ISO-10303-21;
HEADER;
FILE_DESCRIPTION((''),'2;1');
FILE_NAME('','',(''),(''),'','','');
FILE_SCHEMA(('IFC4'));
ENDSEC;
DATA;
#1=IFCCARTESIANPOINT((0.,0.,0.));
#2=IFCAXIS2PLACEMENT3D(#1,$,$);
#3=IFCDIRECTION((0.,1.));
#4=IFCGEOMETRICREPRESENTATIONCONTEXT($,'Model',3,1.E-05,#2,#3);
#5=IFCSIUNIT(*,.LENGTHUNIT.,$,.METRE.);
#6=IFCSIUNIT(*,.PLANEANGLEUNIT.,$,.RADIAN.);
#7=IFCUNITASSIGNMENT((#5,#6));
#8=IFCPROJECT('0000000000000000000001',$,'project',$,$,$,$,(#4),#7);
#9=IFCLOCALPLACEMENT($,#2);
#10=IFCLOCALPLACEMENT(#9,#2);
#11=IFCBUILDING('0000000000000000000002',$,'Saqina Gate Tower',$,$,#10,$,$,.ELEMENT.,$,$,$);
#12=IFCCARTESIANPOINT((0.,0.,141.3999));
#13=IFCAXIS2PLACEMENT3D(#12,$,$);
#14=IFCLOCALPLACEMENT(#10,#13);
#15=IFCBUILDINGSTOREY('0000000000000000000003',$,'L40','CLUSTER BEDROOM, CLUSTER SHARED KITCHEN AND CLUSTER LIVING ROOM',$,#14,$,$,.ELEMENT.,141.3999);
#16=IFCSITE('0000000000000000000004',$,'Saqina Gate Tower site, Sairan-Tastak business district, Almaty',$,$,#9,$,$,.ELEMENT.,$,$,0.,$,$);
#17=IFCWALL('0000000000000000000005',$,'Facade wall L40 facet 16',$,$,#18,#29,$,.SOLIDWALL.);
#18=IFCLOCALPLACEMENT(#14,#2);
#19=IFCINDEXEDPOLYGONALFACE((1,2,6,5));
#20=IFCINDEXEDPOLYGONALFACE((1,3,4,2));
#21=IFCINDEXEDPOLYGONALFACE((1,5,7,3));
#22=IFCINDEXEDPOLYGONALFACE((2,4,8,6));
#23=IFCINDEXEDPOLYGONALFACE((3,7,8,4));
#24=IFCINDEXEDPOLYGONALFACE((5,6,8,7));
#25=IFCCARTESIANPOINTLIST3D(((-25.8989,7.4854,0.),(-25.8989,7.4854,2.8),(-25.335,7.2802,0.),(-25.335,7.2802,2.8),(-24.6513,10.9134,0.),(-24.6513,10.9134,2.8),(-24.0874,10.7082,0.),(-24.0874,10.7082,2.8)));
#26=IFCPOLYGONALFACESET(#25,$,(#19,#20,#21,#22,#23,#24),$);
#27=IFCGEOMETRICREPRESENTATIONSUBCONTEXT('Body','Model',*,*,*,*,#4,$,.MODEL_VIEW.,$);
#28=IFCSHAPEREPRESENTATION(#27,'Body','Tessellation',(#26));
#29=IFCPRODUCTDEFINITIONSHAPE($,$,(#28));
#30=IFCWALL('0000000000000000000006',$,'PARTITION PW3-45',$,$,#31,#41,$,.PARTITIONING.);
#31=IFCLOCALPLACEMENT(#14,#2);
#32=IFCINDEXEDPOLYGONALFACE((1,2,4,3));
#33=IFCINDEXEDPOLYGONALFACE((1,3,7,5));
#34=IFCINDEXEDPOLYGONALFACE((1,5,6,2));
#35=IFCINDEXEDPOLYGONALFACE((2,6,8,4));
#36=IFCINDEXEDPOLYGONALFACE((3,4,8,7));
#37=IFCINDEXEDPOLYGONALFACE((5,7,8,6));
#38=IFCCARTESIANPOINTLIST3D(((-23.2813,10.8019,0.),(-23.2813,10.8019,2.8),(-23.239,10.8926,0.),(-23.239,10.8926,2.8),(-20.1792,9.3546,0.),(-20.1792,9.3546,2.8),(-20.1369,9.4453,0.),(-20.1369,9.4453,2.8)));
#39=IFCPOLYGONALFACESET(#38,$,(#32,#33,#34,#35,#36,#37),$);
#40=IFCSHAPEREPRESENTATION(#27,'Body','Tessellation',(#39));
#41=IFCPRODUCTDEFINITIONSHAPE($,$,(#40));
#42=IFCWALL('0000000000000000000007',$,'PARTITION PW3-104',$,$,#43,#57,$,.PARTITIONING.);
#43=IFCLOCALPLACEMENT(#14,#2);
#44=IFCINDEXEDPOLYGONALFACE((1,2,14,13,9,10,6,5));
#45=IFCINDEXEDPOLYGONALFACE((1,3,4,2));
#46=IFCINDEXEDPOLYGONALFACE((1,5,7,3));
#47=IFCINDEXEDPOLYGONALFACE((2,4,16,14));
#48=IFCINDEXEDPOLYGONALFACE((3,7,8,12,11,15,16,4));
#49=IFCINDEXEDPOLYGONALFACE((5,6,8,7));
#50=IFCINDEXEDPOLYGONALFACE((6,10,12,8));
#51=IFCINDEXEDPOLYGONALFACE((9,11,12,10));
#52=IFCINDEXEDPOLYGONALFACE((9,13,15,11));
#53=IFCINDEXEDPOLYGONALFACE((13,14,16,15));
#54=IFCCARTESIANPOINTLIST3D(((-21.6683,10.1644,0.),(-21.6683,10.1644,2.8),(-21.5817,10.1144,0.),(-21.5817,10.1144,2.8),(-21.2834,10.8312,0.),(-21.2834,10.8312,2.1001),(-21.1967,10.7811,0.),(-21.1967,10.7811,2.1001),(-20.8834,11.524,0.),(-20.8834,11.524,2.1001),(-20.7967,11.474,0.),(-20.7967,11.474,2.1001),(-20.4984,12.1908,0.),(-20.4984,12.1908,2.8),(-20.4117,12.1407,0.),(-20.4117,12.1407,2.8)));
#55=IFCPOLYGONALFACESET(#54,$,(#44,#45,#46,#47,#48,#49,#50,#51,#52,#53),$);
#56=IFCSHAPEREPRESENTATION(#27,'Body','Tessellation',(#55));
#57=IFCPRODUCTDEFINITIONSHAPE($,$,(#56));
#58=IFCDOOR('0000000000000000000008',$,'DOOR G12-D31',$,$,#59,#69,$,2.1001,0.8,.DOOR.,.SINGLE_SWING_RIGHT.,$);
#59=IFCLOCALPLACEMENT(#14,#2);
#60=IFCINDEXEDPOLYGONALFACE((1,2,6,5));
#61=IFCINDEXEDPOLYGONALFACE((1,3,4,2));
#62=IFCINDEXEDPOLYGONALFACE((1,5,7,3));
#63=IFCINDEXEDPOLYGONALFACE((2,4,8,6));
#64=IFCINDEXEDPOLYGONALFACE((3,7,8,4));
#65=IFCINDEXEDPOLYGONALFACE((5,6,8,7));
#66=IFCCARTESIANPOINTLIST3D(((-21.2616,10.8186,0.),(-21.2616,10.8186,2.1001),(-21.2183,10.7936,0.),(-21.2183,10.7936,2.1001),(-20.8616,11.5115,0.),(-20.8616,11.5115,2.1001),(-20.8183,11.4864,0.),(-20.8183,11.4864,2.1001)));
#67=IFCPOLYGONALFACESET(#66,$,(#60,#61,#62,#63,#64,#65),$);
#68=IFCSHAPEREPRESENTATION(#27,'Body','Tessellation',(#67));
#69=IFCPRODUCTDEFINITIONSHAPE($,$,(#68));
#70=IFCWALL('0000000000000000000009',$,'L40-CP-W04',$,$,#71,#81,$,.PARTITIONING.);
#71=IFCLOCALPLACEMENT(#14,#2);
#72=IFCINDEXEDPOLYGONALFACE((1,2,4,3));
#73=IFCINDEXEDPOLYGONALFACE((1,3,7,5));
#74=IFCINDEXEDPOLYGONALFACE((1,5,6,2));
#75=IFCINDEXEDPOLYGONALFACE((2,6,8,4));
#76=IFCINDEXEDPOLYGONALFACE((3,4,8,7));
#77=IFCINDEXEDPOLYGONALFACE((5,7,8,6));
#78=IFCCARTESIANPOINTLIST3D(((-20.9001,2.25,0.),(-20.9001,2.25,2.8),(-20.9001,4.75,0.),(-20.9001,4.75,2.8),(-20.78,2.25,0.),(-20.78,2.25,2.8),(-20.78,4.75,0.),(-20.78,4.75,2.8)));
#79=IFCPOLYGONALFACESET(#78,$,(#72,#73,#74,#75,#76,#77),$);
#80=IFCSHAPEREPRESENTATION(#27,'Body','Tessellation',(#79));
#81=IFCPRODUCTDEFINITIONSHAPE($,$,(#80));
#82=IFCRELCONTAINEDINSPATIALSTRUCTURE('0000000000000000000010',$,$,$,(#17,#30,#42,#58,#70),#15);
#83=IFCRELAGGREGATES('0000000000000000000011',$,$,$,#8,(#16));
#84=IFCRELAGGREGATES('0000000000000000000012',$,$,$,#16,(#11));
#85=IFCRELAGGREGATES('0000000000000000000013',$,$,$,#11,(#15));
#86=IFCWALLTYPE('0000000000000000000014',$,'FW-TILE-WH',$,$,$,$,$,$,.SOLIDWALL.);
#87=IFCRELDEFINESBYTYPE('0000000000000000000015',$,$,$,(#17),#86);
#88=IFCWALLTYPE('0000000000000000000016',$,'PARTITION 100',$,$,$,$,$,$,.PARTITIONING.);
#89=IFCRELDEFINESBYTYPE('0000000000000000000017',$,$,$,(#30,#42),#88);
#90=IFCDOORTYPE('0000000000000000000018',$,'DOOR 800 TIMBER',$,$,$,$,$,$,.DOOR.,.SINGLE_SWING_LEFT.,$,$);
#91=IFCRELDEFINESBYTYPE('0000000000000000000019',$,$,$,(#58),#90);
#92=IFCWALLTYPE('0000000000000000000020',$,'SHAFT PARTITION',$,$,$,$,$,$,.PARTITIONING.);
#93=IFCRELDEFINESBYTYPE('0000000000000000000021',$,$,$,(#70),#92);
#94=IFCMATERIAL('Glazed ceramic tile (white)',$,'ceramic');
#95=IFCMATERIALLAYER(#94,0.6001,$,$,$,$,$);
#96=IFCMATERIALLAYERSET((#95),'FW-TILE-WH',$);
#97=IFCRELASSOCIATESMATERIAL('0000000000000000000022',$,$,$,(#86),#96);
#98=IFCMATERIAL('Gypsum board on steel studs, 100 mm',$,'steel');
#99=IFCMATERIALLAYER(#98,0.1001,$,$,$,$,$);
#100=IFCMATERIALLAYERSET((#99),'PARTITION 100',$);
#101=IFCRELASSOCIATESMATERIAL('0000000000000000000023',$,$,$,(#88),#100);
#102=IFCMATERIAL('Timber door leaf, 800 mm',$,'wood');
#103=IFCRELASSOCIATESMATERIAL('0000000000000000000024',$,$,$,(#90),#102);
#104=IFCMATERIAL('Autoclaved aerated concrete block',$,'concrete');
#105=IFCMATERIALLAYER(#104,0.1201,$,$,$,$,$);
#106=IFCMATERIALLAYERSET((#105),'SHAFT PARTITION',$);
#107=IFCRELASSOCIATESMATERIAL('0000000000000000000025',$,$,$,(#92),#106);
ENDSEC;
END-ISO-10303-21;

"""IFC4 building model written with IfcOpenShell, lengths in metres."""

from ifc_helpers import new_model, si_unit, direction, frame, frame_2d, origin, place, context, subcontext, project, spatial, rectangle, extrude, material, layer, layer_set, type_object, element, fill, save


model = new_model("IFC4")

# Units and contexts
model_context = context("Model", 3, precision=1e-05, world=origin(), true_north=direction((0.0, 1.0)))
body_context = subcontext(model_context, "Body", "Model", "MODEL_VIEW")
ifc_project = project(units=[si_unit("LENGTHUNIT", "METRE"), si_unit("PLANEANGLEUNIT", "RADIAN")], contexts=[model_context])

# Site, building, storey
site_placement = place(None, origin())
site = spatial("IfcSite", under=ifc_project, at=site_placement, Name="Saqina Gate Tower site, Sairan-Tastak business district, Almaty", CompositionType="ELEMENT", RefElevation=0.0)
building_placement = place(site_placement, origin())
building = spatial("IfcBuilding", under=site, at=building_placement, Name="Saqina Gate Tower", CompositionType="ELEMENT")
storey_placement = place(building_placement, frame((0.0, 0.0, 141.3999)))
storey = spatial("IfcBuildingStorey", under=building, at=storey_placement, Name="L40", Description="CLUSTER BEDROOM, CLUSTER SHARED KITCHEN AND CLUSTER LIVING ROOM", CompositionType="ELEMENT", Elevation=141.3999)

# Walls
ifc_material_1 = material(Name="Glazed ceramic tile (white)", Category="ceramic")
ifc_layer_1 = layer(ifc_material_1, 0.6001)
ifc_layer_set_1 = layer_set([ifc_layer_1], Name="FW-TILE-WH")
wall_type_1 = type_object("IfcWallType", Name="FW-TILE-WH", PredefinedType="SOLIDWALL", material=ifc_layer_set_1)
wall_1_placement = place(storey_placement, frame((-24.3694, 10.8108, 0.0), z_axis=(0.0, 0.0, 1.0), x_axis=(-0.34199, -0.939704, 0.0)))
element("IfcWall", 1, at=wall_1_placement, inside=storey, type_object=wall_type_1, Name="Facade wall L40 facet 16", PredefinedType="SOLIDWALL", context=body_context, shape_type="SweptSolid", body=[
    extrude(rectangle(XDim=3.6479, YDim=0.6001, at=frame_2d((1.824, 0.0))), origin(), (0.0, 0.0, 1.0), 2.8),
])
ifc_material_2 = material(Name="Gypsum board on steel studs, 100 mm", Category="steel")
ifc_layer_2 = layer(ifc_material_2, 0.1001)
ifc_layer_set_2 = layer_set([ifc_layer_2], Name="PARTITION 100")
wall_type_2 = type_object("IfcWallType", Name="PARTITION 100", PredefinedType="PARTITIONING", material=ifc_layer_set_2)
wall_2_placement = place(storey_placement, frame((-23.26, 10.8472, 0.0), z_axis=(0.0, 0.0, 1.0), x_axis=(0.906223, -0.4228, 0.0)))
element("IfcWall", 2, at=wall_2_placement, inside=storey, type_object=wall_type_2, Name="PARTITION PW3-45", PredefinedType="PARTITIONING", context=body_context, shape_type="SweptSolid", body=[
    extrude(rectangle(XDim=3.4231, YDim=0.1001, at=frame_2d((1.7114, 0.0))), origin(), (0.0, 0.0, 1.0), 2.8),
])

# Wall, opening, door
wall_3_placement = place(storey_placement, frame((-21.625, 10.1394, 0.0), z_axis=(0.0, 0.0, 1.0), x_axis=(0.499999, 0.866026, 0.0)))
wall_3 = element("IfcWall", 3, at=wall_3_placement, inside=storey, type_object=wall_type_2, Name="PARTITION PW3-104", PredefinedType="PARTITIONING", context=body_context, shape_type="SweptSolid", body=[
    extrude(rectangle(XDim=2.3398, YDim=0.1001, at=frame_2d((1.1699, 0.0))), origin(), (0.0, 0.0, 1.0), 2.8),
])
opening_1_placement = place(wall_3_placement, frame((0.77, 0.0, 0.0)))
opening_1 = element("IfcOpeningElement", 4, at=opening_1_placement, cuts=wall_3, PredefinedType="OPENING", context=body_context, shape_type="SweptSolid", body=[
    extrude(rectangle(XDim=0.8, YDim=2.1001, at=frame_2d((0.3999, 1.05))), frame((0.0, 0.062, 0.0), z_axis=(0.0, -1.0, 0.0), x_axis=(1.0, 0.0, 0.0)), (0.0, 0.0, 1.0), 0.124),
])
ifc_material_3 = material(Name="Timber door leaf, 800 mm", Category="wood")
door_type_1 = type_object("IfcDoorType", Name="DOOR 800 TIMBER", OperationType="SINGLE_SWING_LEFT", PredefinedType="DOOR", material=ifc_material_3)
door_1_placement = place(opening_1_placement, origin())
door_1 = element("IfcDoor", 5, at=door_1_placement, inside=storey, type_object=door_type_1, Name="DOOR G12-D31", OperationType="SINGLE_SWING_RIGHT", OverallHeight=2.1001, OverallWidth=0.8, PredefinedType="DOOR", context=body_context, shape_type="SweptSolid", body=[
    extrude(rectangle(XDim=0.8, YDim=2.1001, at=frame_2d((0.3999, 1.05))), frame((0.0, 0.0249, 0.0), z_axis=(0.0, -1.0, 0.0), x_axis=(1.0, 0.0, 0.0)), (0.0, 0.0, 1.0), 0.05),
])
fill(opening_1, door_1)

# Wall
ifc_material_4 = material(Name="Autoclaved aerated concrete block", Category="concrete")
ifc_layer_3 = layer(ifc_material_4, 0.1201)
ifc_layer_set_3 = layer_set([ifc_layer_3], Name="SHAFT PARTITION")
wall_type_3 = type_object("IfcWallType", Name="SHAFT PARTITION", PredefinedType="PARTITIONING", material=ifc_layer_set_3)
wall_4_placement = place(storey_placement, frame((-20.8401, 2.25, 0.0), z_axis=(0.0, 0.0, 1.0), x_axis=(0.0, 1.0, 0.0)))
element("IfcWall", 6, at=wall_4_placement, inside=storey, type_object=wall_type_3, Name="L40-CP-W04", PredefinedType="PARTITIONING", context=body_context, shape_type="SweptSolid", body=[
    extrude(rectangle(XDim=2.5, YDim=0.1201, at=frame_2d((1.25, 0.0))), origin(), (0.0, 0.0, 1.0), 2.8),
])

save(model, "model.ifc")
